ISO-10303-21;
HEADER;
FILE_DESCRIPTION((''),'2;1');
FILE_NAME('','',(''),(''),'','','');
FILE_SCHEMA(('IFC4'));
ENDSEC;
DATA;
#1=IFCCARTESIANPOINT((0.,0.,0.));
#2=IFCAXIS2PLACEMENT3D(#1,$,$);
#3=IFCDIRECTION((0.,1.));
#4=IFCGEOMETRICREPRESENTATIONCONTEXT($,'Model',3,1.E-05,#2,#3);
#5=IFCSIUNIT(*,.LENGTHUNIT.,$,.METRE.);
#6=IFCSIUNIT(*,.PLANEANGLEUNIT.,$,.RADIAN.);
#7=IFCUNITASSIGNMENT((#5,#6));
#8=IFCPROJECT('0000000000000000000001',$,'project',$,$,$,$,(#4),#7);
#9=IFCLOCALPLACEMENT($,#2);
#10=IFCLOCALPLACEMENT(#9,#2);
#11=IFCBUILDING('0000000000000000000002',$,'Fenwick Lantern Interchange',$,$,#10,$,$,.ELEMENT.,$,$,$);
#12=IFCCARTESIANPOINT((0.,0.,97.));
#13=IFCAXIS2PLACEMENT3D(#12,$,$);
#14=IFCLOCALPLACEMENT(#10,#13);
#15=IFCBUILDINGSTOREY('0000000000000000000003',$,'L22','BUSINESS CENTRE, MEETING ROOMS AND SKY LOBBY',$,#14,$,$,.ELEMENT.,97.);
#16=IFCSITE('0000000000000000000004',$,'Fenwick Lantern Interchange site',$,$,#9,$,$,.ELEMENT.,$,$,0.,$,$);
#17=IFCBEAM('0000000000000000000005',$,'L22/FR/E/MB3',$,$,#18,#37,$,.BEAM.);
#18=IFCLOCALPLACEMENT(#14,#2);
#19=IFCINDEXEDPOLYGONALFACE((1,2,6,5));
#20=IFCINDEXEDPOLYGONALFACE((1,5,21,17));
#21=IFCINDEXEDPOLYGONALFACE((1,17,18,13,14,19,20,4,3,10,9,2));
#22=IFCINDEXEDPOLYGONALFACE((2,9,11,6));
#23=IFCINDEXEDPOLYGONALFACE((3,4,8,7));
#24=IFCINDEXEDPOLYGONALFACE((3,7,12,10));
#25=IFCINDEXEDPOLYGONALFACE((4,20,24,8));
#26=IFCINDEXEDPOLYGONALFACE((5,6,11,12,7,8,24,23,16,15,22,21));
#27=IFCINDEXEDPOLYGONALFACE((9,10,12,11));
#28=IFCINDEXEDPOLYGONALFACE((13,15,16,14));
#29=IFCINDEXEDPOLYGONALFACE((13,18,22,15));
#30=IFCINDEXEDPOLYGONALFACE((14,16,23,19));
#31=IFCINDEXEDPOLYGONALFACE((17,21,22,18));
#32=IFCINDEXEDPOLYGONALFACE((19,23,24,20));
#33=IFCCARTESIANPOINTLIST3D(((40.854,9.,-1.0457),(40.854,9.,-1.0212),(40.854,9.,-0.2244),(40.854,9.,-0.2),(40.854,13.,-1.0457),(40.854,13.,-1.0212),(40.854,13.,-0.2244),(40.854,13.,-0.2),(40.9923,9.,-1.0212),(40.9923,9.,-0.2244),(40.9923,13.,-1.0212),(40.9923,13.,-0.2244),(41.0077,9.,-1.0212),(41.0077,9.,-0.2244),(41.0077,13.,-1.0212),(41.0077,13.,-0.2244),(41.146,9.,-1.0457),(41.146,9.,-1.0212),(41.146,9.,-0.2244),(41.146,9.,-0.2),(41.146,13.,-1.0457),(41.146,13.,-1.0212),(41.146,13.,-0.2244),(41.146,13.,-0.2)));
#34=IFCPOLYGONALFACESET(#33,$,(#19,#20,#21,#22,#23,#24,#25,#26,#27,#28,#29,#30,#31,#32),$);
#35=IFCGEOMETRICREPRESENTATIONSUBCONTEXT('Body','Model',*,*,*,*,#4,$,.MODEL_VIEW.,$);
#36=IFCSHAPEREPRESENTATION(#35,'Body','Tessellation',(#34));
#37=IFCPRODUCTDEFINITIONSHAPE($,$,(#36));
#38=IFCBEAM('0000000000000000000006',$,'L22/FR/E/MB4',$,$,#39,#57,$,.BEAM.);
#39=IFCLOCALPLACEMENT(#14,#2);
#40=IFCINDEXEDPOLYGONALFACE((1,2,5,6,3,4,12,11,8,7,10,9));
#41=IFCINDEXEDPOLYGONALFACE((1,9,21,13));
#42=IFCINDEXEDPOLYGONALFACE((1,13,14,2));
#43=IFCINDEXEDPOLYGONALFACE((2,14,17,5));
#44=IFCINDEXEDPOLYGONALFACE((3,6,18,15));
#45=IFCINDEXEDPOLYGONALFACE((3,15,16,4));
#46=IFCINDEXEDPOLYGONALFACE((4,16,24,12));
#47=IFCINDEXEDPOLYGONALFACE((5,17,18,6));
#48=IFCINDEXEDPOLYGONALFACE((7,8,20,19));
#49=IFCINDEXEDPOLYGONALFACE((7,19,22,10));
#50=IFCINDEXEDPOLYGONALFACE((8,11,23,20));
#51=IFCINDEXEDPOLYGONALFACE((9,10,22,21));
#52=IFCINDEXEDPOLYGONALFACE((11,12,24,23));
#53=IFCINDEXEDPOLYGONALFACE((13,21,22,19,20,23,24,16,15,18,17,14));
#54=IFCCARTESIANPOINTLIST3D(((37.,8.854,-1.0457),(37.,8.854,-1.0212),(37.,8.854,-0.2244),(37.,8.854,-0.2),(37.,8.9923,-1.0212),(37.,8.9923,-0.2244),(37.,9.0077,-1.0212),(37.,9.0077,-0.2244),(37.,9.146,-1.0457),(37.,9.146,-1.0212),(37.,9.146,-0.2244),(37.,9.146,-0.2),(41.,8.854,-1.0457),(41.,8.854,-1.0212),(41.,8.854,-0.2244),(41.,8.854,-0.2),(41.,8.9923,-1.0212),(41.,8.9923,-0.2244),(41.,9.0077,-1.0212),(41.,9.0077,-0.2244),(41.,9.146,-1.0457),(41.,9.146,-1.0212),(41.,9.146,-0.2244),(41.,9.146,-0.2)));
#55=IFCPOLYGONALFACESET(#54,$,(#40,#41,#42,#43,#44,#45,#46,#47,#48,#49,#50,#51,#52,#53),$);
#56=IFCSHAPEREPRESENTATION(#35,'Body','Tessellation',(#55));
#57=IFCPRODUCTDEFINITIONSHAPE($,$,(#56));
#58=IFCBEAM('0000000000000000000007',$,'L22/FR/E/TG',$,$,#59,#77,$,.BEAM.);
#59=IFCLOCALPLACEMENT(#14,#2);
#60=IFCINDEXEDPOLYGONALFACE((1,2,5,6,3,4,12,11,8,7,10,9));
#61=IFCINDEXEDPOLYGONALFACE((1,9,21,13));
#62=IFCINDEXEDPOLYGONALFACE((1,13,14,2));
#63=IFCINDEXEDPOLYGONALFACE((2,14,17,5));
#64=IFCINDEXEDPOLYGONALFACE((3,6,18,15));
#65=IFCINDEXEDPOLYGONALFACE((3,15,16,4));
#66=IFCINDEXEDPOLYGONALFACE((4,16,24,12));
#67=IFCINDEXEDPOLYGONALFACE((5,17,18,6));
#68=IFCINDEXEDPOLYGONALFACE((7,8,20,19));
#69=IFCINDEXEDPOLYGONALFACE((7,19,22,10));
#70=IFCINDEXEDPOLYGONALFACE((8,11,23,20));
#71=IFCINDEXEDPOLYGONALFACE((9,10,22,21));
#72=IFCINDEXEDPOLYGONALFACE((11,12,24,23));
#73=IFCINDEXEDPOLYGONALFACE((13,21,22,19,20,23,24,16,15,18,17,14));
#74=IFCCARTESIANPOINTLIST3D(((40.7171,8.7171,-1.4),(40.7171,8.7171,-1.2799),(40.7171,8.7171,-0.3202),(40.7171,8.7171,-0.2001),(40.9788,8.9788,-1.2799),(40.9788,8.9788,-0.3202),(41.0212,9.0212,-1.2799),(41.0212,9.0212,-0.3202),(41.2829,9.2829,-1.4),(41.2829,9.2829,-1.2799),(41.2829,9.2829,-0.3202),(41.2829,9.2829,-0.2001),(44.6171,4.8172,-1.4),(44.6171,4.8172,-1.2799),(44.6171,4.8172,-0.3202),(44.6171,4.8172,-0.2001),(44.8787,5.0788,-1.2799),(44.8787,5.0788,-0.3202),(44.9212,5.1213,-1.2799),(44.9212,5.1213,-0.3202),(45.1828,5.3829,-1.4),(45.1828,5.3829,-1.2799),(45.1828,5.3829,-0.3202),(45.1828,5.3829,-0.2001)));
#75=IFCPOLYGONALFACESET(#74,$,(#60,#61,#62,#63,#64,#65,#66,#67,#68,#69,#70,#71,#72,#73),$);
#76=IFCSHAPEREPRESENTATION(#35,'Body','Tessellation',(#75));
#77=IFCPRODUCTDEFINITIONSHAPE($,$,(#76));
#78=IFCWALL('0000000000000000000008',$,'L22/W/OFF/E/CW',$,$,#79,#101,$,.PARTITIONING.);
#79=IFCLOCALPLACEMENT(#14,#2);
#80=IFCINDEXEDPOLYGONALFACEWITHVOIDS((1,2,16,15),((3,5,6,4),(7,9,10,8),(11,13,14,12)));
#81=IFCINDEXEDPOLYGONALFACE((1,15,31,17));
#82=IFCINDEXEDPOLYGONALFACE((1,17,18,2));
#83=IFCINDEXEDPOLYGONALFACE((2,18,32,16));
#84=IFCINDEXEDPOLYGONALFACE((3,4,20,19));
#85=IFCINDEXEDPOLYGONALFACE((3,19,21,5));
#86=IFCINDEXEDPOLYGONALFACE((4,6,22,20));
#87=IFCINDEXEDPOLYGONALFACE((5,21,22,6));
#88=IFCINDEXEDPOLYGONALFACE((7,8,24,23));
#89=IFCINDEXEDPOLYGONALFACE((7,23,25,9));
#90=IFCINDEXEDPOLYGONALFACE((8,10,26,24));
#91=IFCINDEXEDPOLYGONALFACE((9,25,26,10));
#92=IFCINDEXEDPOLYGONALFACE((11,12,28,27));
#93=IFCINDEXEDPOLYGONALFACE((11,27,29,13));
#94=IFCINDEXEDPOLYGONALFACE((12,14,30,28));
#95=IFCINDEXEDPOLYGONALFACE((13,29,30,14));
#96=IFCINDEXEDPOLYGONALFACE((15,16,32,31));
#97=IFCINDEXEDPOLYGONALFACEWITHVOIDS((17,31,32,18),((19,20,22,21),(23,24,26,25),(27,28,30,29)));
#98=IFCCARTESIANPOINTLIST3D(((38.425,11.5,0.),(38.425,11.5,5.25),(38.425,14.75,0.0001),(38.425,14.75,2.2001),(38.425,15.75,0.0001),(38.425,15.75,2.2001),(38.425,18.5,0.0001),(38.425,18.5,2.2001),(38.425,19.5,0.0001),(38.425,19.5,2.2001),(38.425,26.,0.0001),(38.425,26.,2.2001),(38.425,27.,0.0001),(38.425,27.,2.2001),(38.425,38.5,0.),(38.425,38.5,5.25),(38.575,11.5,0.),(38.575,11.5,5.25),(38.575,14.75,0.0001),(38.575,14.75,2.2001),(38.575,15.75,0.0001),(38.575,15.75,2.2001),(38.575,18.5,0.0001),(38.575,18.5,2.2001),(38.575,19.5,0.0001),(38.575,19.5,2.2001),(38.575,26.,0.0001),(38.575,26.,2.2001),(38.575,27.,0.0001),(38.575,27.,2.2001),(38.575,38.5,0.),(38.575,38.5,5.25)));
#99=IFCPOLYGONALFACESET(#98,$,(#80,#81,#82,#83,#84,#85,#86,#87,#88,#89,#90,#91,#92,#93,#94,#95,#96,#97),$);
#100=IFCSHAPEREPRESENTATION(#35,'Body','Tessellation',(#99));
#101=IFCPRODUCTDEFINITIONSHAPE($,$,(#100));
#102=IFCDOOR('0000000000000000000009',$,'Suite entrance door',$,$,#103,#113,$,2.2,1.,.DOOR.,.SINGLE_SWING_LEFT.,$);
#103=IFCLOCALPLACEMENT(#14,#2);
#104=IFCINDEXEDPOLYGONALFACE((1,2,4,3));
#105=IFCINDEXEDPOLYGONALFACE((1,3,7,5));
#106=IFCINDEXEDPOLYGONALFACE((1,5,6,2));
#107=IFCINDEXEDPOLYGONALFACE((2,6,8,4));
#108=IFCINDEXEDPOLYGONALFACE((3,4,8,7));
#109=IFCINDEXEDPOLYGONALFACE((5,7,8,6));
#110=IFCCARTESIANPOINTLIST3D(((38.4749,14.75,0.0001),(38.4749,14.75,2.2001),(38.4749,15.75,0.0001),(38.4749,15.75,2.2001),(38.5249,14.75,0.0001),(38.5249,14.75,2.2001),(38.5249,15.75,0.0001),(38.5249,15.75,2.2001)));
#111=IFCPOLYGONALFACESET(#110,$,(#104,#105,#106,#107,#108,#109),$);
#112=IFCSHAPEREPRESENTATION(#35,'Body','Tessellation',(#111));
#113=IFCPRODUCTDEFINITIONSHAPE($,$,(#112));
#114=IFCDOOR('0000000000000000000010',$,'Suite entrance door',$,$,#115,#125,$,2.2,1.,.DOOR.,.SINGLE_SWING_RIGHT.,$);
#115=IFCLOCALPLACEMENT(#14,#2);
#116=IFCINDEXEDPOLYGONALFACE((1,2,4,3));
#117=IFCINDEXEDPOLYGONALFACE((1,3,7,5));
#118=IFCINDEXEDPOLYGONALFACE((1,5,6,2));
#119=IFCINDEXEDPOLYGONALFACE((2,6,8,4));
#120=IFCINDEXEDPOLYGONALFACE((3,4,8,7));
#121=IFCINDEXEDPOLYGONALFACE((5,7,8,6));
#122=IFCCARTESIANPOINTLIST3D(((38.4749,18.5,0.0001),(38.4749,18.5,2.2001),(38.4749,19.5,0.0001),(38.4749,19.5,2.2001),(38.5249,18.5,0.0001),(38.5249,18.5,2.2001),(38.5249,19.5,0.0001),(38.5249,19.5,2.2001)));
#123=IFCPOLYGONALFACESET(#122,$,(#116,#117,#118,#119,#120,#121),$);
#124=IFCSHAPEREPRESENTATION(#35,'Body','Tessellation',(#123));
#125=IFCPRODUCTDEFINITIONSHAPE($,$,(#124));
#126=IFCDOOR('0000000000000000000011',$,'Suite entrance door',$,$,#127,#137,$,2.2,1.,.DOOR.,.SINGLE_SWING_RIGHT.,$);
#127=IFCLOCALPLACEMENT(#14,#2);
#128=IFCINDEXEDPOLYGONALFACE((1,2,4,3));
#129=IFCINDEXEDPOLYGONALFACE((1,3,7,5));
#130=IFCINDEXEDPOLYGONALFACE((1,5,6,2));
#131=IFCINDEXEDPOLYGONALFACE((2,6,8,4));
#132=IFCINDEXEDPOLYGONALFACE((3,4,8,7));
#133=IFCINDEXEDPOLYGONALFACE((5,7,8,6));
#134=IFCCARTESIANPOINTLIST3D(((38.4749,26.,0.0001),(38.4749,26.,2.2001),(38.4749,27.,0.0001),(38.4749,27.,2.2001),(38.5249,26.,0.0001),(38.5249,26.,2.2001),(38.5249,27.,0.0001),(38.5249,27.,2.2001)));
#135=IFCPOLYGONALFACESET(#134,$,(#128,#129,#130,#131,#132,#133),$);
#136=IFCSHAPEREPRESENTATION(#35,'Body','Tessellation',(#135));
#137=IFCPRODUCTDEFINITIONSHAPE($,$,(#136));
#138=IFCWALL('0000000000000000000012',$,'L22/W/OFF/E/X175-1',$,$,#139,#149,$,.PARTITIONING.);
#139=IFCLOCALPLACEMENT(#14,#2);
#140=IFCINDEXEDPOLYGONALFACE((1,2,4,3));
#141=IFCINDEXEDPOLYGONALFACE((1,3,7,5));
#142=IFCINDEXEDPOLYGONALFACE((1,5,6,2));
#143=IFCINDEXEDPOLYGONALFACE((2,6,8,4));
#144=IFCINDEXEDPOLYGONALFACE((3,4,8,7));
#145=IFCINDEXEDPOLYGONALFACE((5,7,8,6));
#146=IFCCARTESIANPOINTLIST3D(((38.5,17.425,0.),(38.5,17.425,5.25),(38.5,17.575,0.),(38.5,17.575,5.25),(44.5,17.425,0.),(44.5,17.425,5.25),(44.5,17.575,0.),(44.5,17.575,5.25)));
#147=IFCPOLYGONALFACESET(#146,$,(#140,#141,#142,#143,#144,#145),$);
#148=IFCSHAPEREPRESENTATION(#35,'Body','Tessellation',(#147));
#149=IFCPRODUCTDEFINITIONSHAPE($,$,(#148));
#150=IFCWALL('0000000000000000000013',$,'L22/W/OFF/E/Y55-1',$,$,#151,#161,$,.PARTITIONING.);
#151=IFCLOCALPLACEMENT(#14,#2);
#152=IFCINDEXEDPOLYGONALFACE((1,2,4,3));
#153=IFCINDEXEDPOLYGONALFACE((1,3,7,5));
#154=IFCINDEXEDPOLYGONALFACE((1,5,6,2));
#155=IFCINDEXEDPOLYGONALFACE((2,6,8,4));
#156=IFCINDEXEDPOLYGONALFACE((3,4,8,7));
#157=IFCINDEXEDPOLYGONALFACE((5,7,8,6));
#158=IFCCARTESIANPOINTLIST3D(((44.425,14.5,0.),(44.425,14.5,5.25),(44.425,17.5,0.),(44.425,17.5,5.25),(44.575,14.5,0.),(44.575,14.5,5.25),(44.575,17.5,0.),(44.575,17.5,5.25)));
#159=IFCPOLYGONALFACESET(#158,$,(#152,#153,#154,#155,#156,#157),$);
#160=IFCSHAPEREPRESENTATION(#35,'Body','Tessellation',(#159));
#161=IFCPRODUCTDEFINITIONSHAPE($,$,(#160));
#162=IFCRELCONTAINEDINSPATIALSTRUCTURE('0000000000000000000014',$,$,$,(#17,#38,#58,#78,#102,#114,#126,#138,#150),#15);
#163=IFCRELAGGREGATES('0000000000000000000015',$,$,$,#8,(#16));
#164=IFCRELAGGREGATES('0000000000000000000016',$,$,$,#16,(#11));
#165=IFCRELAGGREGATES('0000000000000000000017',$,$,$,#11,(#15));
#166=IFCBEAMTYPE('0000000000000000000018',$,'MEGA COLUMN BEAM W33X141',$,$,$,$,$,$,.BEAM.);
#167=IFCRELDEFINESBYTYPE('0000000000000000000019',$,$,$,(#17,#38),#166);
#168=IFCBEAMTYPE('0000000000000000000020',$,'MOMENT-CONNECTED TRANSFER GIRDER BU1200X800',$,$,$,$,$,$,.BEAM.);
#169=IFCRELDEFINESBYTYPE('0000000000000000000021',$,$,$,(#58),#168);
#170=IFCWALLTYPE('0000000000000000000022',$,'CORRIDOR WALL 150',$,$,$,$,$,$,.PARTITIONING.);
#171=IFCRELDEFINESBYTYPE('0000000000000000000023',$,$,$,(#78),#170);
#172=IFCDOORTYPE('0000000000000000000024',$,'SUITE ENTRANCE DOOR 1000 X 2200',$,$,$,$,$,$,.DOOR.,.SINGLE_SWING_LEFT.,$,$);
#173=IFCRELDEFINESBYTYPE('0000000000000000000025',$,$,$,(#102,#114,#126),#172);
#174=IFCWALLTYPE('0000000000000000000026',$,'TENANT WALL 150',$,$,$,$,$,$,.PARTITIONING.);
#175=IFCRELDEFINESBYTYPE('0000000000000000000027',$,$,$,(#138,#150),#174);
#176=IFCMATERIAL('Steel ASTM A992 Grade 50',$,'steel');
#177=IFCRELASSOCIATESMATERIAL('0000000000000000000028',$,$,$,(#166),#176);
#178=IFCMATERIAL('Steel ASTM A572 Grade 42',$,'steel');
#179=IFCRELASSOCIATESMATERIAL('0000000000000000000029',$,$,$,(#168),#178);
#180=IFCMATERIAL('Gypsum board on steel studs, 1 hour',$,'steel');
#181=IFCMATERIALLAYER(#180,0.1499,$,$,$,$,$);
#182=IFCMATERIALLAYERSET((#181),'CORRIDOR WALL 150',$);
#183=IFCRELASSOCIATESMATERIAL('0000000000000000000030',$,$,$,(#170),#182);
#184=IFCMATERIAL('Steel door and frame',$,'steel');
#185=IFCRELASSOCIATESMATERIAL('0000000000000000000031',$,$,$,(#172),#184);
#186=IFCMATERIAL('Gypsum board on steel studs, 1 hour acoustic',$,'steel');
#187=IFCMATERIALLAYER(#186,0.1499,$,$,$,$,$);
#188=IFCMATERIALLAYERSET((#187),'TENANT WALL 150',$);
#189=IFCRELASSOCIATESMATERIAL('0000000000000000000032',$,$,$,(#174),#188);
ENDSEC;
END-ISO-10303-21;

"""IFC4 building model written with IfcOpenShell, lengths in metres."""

from ifc_helpers import new_model, si_unit, direction, frame, frame_2d, origin, origin_2d, place, context, subcontext, project, spatial, rectangle, i_section, extrude, material, layer, layer_set, material_profile, profile_set, type_object, element, fill, save


model = new_model("IFC4")

# Units and contexts
model_context = context("Model", 3, precision=1e-05, world=origin(), true_north=direction((0.0, 1.0)))
body_context = subcontext(model_context, "Body", "Model", "MODEL_VIEW")
ifc_project = project(units=[si_unit("LENGTHUNIT", "METRE"), si_unit("PLANEANGLEUNIT", "RADIAN")], contexts=[model_context])

# Site, building, storey
site_placement = place(None, origin())
site = spatial("IfcSite", under=ifc_project, at=site_placement, Name="Fenwick Lantern Interchange site", CompositionType="ELEMENT", RefElevation=0.0)
building_placement = place(site_placement, origin())
building = spatial("IfcBuilding", under=site, at=building_placement, Name="Fenwick Lantern Interchange", CompositionType="ELEMENT")
storey_placement = place(building_placement, frame((0.0, 0.0, 97.0)))
storey = spatial("IfcBuildingStorey", under=building, at=storey_placement, Name="L22", Description="BUSINESS CENTRE, MEETING ROOMS AND SKY LOBBY", CompositionType="ELEMENT", Elevation=97.0)

# Beams
ifc_material_1 = material(Name="Steel ASTM A992 Grade 50", Category="steel")
ifc_material_profile_1 = material_profile(ifc_material_1, i_section(OverallWidth=0.292, OverallDepth=0.8457, WebThickness=0.0154, FlangeThickness=0.0244, at=origin_2d()), Name="W33X141")
ifc_profile_set_1 = profile_set([ifc_material_profile_1], Name="Steel ASTM A992 Grade 50")
beam_type_1 = type_object("IfcBeamType", Name="MEGA COLUMN BEAM W33X141", PredefinedType="BEAM", material=ifc_profile_set_1)
for number, where, z_axis, x_axis, name in (
    (1, (41.0, 9.0, -0.6228), (0.0, 1.0, 0.0), (-1.0, 0.0, 0.0), "L22/FR/E/MB3"),
    (2, (41.0, 9.0, -0.6228), (-1.0, 0.0, 0.0), (0.0, -1.0, 0.0), "L22/FR/E/MB4"),
):
    element("IfcBeam", number, at=place(storey_placement, frame(where, z_axis=z_axis, x_axis=x_axis)), inside=storey, type_object=beam_type_1, Name=name, PredefinedType="BEAM", context=body_context, shape_type="SweptSolid", body=[
        extrude(i_section(OverallWidth=0.292, OverallDepth=0.8457, WebThickness=0.0154, FlangeThickness=0.0244, at=origin_2d()), origin(), (0.0, 0.0, 1.0), 4.0),
    ])
ifc_material_2 = material(Name="Steel ASTM A572 Grade 42", Category="steel")
ifc_material_profile_2 = material_profile(ifc_material_2, i_section(OverallWidth=0.8, OverallDepth=1.2, WebThickness=0.0601, FlangeThickness=0.1201, at=origin_2d()), Name="BU1200X800")
ifc_profile_set_2 = profile_set([ifc_material_profile_2], Name="Steel ASTM A572 Grade 42")
beam_type_2 = type_object("IfcBeamType", Name="MOMENT-CONNECTED TRANSFER GIRDER BU1200X800", PredefinedType="BEAM", material=ifc_profile_set_2)
beam_1_placement = place(storey_placement, frame((41.0, 9.0, -0.8), z_axis=(0.707107, -0.707107, 0.0), x_axis=(0.707107, 0.707107, 0.0)))
element("IfcBeam", 3, at=beam_1_placement, inside=storey, type_object=beam_type_2, Name="L22/FR/E/TG", PredefinedType="BEAM", context=body_context, shape_type="SweptSolid", body=[
    extrude(i_section(OverallWidth=0.8, OverallDepth=1.2, WebThickness=0.0601, FlangeThickness=0.1201, at=origin_2d()), origin(), (0.0, 0.0, 1.0), 5.5154),
])

# Wall, openings, doors
ifc_material_3 = material(Name="Gypsum board on steel studs, 1 hour", Category="steel")
ifc_layer_1 = layer(ifc_material_3, 0.1499)
ifc_layer_set_1 = layer_set([ifc_layer_1], Name="CORRIDOR WALL 150")
wall_type_1 = type_object("IfcWallType", Name="CORRIDOR WALL 150", PredefinedType="PARTITIONING", material=ifc_layer_set_1)
wall_1_placement = place(storey_placement, frame((38.5, 11.5, 0.0), z_axis=(0.0, 0.0, 1.0), x_axis=(0.0, 1.0, 0.0)))
wall_1 = element("IfcWall", 4, at=wall_1_placement, inside=storey, type_object=wall_type_1, Name="L22/W/OFF/E/CW", PredefinedType="PARTITIONING", context=body_context, shape_type="SweptSolid", body=[
    extrude(rectangle(XDim=27.0, YDim=0.1499, at=frame_2d((13.5, 0.0))), origin(), (0.0, 0.0, 1.0), 5.25),
])
opening_1_placement = place(wall_1_placement, frame((3.25, 0.0, 0.0)))
opening_1 = element("IfcOpeningElement", 5, at=opening_1_placement, cuts=wall_1, PredefinedType="OPENING", context=body_context, shape_type="SweptSolid", body=[
    extrude(rectangle(XDim=1.0, YDim=2.2, at=frame_2d((0.5, 1.1001))), frame((0.0, 0.085, 0.0), z_axis=(0.0, -1.0, 0.0), x_axis=(1.0, 0.0, 0.0)), (0.0, 0.0, 1.0), 0.1699),
])
opening_2_placement = place(wall_1_placement, frame((7.0, 0.0, 0.0)))
opening_2 = element("IfcOpeningElement", 6, at=opening_2_placement, cuts=wall_1, PredefinedType="OPENING", context=body_context, shape_type="SweptSolid", body=[
    extrude(rectangle(XDim=1.0, YDim=2.2, at=frame_2d((0.5, 1.1001))), frame((0.0, 0.085, 0.0), z_axis=(0.0, -1.0, 0.0), x_axis=(1.0, 0.0, 0.0)), (0.0, 0.0, 1.0), 0.1699),
])
opening_3_placement = place(wall_1_placement, frame((14.5, 0.0, 0.0)))
opening_3 = element("IfcOpeningElement", 7, at=opening_3_placement, cuts=wall_1, PredefinedType="OPENING", context=body_context, shape_type="SweptSolid", body=[
    extrude(rectangle(XDim=1.0, YDim=2.2, at=frame_2d((0.5, 1.1001))), frame((0.0, 0.085, 0.0), z_axis=(0.0, -1.0, 0.0), x_axis=(1.0, 0.0, 0.0)), (0.0, 0.0, 1.0), 0.1699),
])
ifc_material_4 = material(Name="Steel door and frame", Category="steel")
door_type = type_object("IfcDoorType", Name="SUITE ENTRANCE DOOR 1000 X 2200", OperationType="SINGLE_SWING_LEFT", PredefinedType="DOOR", material=ifc_material_4)
door_1_placement = place(opening_1_placement, frame((1.0, 0.0, 0.0), z_axis=(0.0, 0.0, 1.0), x_axis=(-1.0, 0.0, 0.0)))
door_1 = element("IfcDoor", 8, at=door_1_placement, inside=storey, type_object=door_type, Name="Suite entrance door", OperationType="SINGLE_SWING_LEFT", OverallHeight=2.2, OverallWidth=1.0, PredefinedType="DOOR", context=body_context, shape_type="SweptSolid", body=[
    extrude(rectangle(XDim=1.0, YDim=2.2, at=frame_2d((0.5, 1.1001))), frame((0.0, 0.0249, 0.0), z_axis=(0.0, -1.0, 0.0), x_axis=(1.0, 0.0, 0.0)), (0.0, 0.0, 1.0), 0.05),
])
fill(opening_1, door_1)
door_2_placement = place(opening_2_placement, frame((1.0, 0.0, 0.0), z_axis=(0.0, 0.0, 1.0), x_axis=(-1.0, 0.0, 0.0)))
door_2 = element("IfcDoor", 9, at=door_2_placement, inside=storey, type_object=door_type, Name="Suite entrance door", OperationType="SINGLE_SWING_RIGHT", OverallHeight=2.2, OverallWidth=1.0, PredefinedType="DOOR", context=body_context, shape_type="SweptSolid", body=[
    extrude(rectangle(XDim=1.0, YDim=2.2, at=frame_2d((0.5, 1.1001))), frame((0.0, 0.0249, 0.0), z_axis=(0.0, -1.0, 0.0), x_axis=(1.0, 0.0, 0.0)), (0.0, 0.0, 1.0), 0.05),
])
fill(opening_2, door_2)
door_3_placement = place(opening_3_placement, frame((1.0, 0.0, 0.0), z_axis=(0.0, 0.0, 1.0), x_axis=(-1.0, 0.0, 0.0)))
door_3 = element("IfcDoor", 10, at=door_3_placement, inside=storey, type_object=door_type, Name="Suite entrance door", OperationType="SINGLE_SWING_RIGHT", OverallHeight=2.2, OverallWidth=1.0, PredefinedType="DOOR", context=body_context, shape_type="SweptSolid", body=[
    extrude(rectangle(XDim=1.0, YDim=2.2, at=frame_2d((0.5, 1.1001))), frame((0.0, 0.0249, 0.0), z_axis=(0.0, -1.0, 0.0), x_axis=(1.0, 0.0, 0.0)), (0.0, 0.0, 1.0), 0.05),
])
fill(opening_3, door_3)

# Walls
ifc_material_5 = material(Name="Gypsum board on steel studs, 1 hour acoustic", Category="steel")
ifc_layer_2 = layer(ifc_material_5, 0.1499)
ifc_layer_set_2 = layer_set([ifc_layer_2], Name="TENANT WALL 150")
wall_type_2 = type_object("IfcWallType", Name="TENANT WALL 150", PredefinedType="PARTITIONING", material=ifc_layer_set_2)
wall_2_placement = place(storey_placement, frame((44.5, 17.5, 0.0), z_axis=(0.0, 0.0, 1.0), x_axis=(-1.0, 0.0, 0.0)))
element("IfcWall", 11, at=wall_2_placement, inside=storey, type_object=wall_type_2, Name="L22/W/OFF/E/X175-1", PredefinedType="PARTITIONING", context=body_context, shape_type="SweptSolid", body=[
    extrude(rectangle(XDim=6.0, YDim=0.1499, at=frame_2d((3.0, 0.0))), origin(), (0.0, 0.0, 1.0), 5.25),
])
wall_3_placement = place(storey_placement, frame((44.5, 14.5, 0.0), z_axis=(0.0, 0.0, 1.0), x_axis=(0.0, 1.0, 0.0)))
element("IfcWall", 12, at=wall_3_placement, inside=storey, type_object=wall_type_2, Name="L22/W/OFF/E/Y55-1", PredefinedType="PARTITIONING", context=body_context, shape_type="SweptSolid", body=[
    extrude(rectangle(XDim=3.0, YDim=0.1499, at=frame_2d((1.5, 0.0))), origin(), (0.0, 0.0, 1.0), 5.25),
])

save(model, "model.ifc")
